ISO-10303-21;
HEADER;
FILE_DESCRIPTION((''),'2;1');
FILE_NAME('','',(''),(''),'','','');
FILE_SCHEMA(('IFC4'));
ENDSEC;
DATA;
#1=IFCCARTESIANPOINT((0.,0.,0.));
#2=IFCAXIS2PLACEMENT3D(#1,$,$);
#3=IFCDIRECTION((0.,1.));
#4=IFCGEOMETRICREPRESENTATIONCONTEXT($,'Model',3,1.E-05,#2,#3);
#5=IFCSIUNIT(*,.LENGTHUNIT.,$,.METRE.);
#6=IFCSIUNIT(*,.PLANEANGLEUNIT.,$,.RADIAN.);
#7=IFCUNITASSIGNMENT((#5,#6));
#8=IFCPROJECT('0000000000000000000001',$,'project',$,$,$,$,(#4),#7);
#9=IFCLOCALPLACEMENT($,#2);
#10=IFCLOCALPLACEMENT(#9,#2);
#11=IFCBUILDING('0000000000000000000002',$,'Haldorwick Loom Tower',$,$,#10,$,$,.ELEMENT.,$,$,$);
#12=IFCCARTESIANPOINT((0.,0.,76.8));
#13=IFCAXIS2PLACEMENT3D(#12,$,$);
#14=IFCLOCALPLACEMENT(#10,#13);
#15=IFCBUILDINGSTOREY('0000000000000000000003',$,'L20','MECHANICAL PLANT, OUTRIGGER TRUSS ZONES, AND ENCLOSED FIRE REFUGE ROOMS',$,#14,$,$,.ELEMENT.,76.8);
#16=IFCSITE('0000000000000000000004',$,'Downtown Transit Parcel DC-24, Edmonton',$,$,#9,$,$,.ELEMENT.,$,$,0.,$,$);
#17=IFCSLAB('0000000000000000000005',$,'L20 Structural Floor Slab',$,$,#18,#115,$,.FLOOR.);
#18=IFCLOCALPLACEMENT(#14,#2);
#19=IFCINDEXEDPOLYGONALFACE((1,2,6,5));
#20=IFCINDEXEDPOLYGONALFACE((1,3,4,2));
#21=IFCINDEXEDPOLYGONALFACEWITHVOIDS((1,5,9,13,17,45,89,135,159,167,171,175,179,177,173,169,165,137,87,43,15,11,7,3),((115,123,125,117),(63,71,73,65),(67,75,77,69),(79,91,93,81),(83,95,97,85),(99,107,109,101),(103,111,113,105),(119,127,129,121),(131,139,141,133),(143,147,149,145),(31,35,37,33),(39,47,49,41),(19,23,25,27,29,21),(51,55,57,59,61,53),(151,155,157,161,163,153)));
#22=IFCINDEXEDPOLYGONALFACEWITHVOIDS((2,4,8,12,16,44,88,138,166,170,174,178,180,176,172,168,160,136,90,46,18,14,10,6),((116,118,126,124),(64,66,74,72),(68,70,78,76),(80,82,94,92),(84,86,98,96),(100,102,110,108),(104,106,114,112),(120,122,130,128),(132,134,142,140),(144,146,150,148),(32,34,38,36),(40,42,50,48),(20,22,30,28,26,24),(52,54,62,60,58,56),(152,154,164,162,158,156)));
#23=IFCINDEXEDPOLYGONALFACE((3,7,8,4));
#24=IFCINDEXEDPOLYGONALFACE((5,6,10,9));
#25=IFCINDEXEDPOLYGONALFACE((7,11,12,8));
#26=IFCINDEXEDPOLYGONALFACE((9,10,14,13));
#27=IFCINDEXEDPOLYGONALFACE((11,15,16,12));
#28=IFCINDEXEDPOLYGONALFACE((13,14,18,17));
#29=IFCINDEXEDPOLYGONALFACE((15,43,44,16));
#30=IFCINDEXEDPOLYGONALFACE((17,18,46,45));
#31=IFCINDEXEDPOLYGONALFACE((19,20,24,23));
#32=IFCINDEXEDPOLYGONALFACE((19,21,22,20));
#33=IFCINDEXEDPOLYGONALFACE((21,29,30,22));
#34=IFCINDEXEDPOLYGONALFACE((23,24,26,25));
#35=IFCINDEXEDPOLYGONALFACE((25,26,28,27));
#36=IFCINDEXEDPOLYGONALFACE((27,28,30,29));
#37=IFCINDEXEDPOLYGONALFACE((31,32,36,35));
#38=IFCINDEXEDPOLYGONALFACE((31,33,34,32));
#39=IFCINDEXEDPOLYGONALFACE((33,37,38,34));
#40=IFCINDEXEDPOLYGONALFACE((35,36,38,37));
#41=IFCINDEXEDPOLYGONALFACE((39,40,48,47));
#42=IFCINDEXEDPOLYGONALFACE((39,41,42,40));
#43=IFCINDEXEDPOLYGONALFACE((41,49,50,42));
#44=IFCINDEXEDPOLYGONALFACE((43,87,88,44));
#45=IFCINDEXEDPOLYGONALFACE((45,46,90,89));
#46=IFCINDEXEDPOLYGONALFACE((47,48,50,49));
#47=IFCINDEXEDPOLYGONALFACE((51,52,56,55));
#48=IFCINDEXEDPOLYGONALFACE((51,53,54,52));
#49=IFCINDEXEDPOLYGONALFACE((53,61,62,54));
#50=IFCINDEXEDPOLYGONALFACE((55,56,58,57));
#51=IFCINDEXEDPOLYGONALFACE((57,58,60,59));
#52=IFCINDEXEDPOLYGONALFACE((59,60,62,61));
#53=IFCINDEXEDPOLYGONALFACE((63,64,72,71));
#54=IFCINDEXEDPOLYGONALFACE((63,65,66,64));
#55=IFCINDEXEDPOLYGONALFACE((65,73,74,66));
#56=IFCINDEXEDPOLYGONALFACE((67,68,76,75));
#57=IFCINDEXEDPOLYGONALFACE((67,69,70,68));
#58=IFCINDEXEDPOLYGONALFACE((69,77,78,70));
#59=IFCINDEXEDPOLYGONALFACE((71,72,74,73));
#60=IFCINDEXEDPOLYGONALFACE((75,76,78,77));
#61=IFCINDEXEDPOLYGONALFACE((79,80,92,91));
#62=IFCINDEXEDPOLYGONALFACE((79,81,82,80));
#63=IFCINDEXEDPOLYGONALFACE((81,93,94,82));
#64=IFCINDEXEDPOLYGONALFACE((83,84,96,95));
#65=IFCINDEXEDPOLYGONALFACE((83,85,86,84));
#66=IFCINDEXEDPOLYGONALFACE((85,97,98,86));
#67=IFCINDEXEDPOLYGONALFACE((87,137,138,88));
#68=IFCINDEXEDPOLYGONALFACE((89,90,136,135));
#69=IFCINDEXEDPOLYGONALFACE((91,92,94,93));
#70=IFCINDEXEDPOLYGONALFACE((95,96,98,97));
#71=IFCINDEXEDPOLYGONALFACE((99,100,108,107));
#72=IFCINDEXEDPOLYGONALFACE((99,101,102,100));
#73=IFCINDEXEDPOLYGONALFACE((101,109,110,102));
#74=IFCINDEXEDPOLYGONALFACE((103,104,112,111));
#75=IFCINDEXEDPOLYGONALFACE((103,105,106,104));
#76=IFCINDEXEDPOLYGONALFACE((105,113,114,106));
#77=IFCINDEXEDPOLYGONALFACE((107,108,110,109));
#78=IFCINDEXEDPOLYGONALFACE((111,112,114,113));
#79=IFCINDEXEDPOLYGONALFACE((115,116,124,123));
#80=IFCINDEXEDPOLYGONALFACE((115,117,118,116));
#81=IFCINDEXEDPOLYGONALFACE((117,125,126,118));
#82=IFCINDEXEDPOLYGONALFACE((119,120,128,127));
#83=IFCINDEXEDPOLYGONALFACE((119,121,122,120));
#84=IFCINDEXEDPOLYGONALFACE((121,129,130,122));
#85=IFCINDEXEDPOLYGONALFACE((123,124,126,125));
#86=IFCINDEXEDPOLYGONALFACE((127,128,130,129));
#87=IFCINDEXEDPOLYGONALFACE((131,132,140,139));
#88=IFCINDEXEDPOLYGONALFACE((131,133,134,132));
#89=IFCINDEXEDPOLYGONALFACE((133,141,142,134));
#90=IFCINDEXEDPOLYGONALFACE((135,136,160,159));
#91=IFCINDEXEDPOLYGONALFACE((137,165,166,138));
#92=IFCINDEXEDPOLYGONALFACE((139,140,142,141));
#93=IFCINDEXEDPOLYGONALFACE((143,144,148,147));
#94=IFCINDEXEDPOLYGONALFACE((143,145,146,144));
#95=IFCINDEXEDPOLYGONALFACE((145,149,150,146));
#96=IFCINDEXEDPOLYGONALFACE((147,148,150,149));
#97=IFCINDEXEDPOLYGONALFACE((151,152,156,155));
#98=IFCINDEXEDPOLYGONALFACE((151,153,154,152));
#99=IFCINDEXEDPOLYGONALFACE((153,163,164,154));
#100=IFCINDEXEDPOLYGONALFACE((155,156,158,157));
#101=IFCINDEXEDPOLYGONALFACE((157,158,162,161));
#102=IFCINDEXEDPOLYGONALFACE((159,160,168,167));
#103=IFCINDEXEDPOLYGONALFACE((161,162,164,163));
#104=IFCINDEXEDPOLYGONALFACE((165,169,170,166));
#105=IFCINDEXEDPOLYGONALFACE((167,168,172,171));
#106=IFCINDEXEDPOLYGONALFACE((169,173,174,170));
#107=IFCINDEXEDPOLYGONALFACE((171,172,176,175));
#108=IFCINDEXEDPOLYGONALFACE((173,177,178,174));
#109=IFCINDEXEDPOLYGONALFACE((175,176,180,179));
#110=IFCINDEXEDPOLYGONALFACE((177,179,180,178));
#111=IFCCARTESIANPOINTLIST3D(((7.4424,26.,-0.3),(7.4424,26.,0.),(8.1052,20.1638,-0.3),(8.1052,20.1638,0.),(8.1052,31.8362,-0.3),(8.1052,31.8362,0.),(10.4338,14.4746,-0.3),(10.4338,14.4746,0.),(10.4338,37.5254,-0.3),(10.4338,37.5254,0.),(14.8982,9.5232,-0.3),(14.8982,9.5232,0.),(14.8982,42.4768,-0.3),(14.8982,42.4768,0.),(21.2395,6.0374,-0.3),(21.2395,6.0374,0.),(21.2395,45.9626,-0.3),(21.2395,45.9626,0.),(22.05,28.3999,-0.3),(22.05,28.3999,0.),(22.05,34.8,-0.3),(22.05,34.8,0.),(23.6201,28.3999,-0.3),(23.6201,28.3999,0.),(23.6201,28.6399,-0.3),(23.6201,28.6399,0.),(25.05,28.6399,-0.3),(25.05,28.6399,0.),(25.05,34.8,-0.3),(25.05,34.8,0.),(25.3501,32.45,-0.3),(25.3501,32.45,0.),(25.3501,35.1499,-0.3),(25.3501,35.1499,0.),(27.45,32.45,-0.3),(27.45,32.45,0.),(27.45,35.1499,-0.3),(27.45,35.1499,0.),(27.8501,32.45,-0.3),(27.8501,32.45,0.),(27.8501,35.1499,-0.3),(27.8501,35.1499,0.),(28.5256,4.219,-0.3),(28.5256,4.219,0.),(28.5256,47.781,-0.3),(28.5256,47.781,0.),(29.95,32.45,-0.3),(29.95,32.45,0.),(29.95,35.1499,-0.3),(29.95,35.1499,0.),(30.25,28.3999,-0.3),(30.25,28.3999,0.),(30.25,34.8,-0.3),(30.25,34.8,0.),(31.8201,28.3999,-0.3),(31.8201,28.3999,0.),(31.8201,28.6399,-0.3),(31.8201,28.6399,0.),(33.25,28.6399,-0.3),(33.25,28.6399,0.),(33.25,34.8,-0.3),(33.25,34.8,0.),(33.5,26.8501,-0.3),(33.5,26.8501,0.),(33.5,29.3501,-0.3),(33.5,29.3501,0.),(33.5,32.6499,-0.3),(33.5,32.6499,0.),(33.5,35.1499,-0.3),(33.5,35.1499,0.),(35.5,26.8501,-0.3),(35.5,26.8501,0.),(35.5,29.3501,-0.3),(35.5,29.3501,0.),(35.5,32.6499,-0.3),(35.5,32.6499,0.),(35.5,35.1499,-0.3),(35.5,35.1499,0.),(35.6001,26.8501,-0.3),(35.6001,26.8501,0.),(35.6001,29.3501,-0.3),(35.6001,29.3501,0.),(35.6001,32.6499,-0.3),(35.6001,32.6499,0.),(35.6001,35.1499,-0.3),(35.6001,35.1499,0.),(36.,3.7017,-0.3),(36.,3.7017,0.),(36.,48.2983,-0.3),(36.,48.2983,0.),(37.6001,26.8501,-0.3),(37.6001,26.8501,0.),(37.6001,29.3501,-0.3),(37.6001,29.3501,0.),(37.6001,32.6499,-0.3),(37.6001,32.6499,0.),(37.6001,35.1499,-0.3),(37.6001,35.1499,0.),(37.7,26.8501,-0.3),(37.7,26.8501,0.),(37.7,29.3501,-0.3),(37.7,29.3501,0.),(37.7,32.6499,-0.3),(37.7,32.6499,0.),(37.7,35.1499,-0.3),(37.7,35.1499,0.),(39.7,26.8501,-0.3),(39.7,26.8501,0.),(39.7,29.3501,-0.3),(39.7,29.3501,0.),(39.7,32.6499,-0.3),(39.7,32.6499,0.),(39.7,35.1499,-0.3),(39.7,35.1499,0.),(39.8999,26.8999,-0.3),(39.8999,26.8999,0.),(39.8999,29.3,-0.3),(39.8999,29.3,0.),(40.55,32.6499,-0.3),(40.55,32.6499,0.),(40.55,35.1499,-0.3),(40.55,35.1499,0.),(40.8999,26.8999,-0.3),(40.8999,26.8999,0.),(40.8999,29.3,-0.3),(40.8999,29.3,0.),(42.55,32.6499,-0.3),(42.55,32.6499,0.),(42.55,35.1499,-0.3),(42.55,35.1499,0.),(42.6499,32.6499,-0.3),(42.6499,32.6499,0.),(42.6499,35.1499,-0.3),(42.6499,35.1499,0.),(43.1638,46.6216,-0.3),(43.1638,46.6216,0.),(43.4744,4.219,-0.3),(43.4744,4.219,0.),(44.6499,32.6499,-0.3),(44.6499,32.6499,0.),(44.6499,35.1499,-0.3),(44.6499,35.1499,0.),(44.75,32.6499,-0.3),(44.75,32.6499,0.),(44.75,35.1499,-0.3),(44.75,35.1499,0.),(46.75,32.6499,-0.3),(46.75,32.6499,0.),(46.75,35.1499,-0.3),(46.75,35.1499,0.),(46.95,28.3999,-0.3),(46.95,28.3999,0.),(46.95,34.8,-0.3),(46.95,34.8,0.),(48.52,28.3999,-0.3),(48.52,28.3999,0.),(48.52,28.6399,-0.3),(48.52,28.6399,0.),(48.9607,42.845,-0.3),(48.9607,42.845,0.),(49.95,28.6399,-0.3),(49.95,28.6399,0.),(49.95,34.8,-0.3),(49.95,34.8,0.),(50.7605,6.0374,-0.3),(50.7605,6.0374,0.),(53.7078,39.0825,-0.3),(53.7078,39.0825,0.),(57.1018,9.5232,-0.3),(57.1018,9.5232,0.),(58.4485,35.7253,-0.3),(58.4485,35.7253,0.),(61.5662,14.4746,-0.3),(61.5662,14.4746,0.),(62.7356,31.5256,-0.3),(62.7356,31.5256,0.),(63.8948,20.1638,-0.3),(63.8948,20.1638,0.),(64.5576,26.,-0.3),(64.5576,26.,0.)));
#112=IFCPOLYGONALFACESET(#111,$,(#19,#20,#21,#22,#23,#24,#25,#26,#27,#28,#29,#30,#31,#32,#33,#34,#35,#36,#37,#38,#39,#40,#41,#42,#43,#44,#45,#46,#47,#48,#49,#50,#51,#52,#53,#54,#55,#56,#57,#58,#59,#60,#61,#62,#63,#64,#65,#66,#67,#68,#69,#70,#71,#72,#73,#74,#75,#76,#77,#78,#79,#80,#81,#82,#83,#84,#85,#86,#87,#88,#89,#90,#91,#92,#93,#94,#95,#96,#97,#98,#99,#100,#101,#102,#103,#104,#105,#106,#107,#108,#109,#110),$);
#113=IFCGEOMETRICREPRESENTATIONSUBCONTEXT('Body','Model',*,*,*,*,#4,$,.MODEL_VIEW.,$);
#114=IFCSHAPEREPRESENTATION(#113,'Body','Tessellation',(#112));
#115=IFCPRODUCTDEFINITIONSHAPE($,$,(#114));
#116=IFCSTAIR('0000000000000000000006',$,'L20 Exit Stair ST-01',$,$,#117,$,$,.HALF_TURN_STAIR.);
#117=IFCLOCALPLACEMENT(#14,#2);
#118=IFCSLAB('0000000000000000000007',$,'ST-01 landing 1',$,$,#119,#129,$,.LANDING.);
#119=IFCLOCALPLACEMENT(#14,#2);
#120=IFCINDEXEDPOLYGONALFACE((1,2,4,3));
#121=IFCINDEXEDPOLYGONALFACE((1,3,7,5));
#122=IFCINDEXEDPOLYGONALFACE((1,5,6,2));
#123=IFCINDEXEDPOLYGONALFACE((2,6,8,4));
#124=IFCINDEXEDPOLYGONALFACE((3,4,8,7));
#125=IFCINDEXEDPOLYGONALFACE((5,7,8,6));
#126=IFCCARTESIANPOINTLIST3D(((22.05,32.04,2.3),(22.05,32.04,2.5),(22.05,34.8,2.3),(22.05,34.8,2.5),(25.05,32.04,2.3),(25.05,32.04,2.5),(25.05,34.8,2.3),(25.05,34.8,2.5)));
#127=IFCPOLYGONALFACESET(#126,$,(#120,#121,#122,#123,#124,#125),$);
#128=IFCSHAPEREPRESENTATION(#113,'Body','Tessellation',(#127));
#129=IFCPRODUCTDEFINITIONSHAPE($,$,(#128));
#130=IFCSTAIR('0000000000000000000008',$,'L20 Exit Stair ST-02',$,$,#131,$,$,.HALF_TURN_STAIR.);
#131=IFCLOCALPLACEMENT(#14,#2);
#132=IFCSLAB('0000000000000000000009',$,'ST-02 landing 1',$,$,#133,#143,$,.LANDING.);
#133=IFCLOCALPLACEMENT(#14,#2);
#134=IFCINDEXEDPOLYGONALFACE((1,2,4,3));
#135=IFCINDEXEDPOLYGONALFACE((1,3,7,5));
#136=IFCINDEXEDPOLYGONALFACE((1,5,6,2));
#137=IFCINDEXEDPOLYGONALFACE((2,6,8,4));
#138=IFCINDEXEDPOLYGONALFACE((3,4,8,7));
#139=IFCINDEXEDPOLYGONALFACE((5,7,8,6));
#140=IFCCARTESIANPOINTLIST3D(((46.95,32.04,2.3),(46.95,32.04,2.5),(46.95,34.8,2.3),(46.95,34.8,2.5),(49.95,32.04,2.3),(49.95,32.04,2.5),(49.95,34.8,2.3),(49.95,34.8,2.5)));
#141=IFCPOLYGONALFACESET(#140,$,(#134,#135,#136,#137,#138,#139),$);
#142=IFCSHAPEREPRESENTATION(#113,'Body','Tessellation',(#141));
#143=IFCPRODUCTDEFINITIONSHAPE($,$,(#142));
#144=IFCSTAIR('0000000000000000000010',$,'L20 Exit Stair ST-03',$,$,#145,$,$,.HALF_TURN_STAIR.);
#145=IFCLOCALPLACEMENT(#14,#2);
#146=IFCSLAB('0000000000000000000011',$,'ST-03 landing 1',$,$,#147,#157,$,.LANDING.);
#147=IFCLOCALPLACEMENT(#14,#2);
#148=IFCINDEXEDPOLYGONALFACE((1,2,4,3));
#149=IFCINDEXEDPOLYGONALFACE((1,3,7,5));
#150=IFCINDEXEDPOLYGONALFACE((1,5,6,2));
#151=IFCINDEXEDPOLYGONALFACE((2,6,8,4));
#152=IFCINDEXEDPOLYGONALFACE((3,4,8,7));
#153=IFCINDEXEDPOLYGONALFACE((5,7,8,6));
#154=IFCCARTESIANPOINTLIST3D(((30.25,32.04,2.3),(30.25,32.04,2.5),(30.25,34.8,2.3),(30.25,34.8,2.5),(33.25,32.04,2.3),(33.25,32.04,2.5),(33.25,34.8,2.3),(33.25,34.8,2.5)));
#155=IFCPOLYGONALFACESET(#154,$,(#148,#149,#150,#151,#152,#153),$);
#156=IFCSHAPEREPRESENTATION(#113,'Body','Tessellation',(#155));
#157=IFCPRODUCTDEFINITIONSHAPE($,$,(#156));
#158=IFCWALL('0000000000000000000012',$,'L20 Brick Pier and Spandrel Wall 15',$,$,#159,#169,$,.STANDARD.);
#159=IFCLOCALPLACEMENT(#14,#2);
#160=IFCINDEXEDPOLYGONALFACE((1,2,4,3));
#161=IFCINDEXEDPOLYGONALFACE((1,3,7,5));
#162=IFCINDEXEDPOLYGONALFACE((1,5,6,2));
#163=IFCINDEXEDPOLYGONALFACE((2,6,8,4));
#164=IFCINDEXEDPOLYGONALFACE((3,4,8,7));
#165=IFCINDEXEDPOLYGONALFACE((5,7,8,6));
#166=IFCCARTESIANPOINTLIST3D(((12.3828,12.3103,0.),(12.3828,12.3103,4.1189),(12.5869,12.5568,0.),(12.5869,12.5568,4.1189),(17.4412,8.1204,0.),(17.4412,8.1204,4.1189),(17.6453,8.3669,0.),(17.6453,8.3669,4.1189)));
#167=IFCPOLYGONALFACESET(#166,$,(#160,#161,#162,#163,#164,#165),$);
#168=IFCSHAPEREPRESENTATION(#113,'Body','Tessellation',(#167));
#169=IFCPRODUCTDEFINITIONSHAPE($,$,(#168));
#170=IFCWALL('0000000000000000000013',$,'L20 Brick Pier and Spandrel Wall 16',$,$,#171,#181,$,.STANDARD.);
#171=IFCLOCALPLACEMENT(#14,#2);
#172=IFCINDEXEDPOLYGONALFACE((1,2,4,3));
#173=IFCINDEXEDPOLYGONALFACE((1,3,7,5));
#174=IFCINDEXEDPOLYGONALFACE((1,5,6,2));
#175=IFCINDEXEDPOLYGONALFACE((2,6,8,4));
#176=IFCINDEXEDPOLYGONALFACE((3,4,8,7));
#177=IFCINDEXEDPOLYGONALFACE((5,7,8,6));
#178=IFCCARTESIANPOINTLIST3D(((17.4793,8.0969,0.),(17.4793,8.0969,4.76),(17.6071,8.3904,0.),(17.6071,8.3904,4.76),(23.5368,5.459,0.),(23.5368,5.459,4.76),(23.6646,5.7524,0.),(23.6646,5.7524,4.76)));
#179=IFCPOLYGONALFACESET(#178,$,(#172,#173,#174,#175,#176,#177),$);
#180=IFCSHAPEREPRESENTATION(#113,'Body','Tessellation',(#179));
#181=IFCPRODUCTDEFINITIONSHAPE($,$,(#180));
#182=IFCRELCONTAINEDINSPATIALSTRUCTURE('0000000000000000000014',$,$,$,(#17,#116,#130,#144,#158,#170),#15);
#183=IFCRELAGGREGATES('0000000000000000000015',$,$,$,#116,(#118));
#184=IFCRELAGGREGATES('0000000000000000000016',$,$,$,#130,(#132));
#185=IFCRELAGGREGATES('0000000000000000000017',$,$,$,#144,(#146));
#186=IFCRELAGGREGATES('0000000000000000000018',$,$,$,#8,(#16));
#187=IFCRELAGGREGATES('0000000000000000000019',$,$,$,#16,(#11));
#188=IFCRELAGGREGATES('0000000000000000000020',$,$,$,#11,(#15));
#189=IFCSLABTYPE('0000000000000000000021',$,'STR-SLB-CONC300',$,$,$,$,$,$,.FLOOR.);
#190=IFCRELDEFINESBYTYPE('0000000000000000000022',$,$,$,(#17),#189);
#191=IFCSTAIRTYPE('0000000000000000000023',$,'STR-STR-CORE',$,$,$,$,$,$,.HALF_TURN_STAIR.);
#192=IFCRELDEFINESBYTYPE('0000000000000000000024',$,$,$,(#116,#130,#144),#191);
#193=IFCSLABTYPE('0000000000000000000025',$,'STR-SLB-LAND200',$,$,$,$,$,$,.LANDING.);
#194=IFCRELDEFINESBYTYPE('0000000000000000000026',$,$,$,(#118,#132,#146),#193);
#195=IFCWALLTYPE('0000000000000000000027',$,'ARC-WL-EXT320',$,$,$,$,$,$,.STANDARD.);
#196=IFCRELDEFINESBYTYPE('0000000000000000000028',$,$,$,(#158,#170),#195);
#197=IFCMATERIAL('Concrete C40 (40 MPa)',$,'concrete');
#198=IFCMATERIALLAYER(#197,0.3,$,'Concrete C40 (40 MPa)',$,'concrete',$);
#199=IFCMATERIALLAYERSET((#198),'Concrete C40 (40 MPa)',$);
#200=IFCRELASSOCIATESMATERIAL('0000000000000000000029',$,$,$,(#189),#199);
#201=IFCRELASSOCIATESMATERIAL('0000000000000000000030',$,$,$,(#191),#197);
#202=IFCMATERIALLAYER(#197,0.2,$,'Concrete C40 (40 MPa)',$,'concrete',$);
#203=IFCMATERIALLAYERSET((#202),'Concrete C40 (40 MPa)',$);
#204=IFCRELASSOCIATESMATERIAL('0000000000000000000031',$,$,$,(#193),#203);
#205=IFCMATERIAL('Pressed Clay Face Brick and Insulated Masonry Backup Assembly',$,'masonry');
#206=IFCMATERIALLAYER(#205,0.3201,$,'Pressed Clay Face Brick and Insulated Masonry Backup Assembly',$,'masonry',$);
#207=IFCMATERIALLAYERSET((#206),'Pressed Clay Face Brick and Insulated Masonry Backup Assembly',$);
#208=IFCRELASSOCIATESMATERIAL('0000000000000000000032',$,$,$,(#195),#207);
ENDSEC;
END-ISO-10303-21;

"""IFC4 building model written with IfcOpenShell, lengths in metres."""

from ifc_helpers import new_model, si_unit, direction, frame, frame_2d, origin, place, context, subcontext, project, spatial, polyline, rectangle, outline, extrude, material, layer, layer_set, type_object, element, aggregate, save


model = new_model("IFC4")

# Units and contexts
model_context = context("Model", 3, precision=1e-05, world=origin(), true_north=direction((0.0, 1.0)))
body_context = subcontext(model_context, "Body", "Model", "MODEL_VIEW")
ifc_project = project(units=[si_unit("LENGTHUNIT", "METRE"), si_unit("PLANEANGLEUNIT", "RADIAN")], contexts=[model_context])

# Site, building, storey
site_placement = place(None, origin())
site = spatial("IfcSite", under=ifc_project, at=site_placement, Name="Downtown Transit Parcel DC-24, Edmonton", CompositionType="ELEMENT", RefElevation=0.0)
building_placement = place(site_placement, origin())
building = spatial("IfcBuilding", under=site, at=building_placement, Name="Haldorwick Loom Tower", CompositionType="ELEMENT")
storey_placement = place(building_placement, frame((0.0, 0.0, 76.8)))
storey = spatial("IfcBuildingStorey", under=building, at=storey_placement, Name="L20", Description="MECHANICAL PLANT, OUTRIGGER TRUSS ZONES, AND ENCLOSED FIRE REFUGE ROOMS", CompositionType="ELEMENT", Elevation=76.8)

# Slab
ifc_material_1 = material(Name="Concrete C40 (40 MPa)", Category="concrete")
ifc_layer_1 = layer(ifc_material_1, 0.3, Name="Concrete C40 (40 MPa)", Category="concrete")
ifc_layer_set_1 = layer_set([ifc_layer_1], Name="Concrete C40 (40 MPa)")
slab_type_1 = type_object("IfcSlabType", Name="STR-SLB-CONC300", PredefinedType="FLOOR", material=ifc_layer_set_1)
slab_1_placement = place(storey_placement, frame((0.0, 0.0, -0.3)))
element("IfcSlab", 1, at=slab_1_placement, inside=storey, type_object=slab_type_1, Name="L20 Structural Floor Slab", PredefinedType="FLOOR", context=body_context, shape_type="SweptSolid", body=[
    extrude(outline(polyline([(57.1018, 9.5232), (61.5662, 14.4746), (63.8948, 20.1638), (64.5576, 26.0), (62.7356, 31.5256), (58.4485, 35.7253), (53.7078, 39.0825), (48.9607, 42.845), (43.1638, 46.6216), (36.0, 48.2983), (28.5256, 47.781), (21.2395, 45.9626), (14.8982, 42.4768), (10.4338, 37.5254), (8.1052, 31.8362), (7.4424, 26.0), (8.1052, 20.1638), (10.4338, 14.4746), (14.8982, 9.5232), (21.2395, 6.0374), (28.5256, 4.219), (36.0, 3.7017), (43.4744, 4.219), (50.7605, 6.0374), (57.1018, 9.5232)]), holes=[polyline([(35.5, 26.8501), (33.5, 26.8501), (33.5, 29.3501), (35.5, 29.3501), (35.5, 26.8501)]), polyline([(35.6001, 26.8501), (35.6001, 29.3501), (37.6001, 29.3501), (37.6001, 26.8501), (35.6001, 26.8501)]), polyline([(22.05, 28.3999), (22.05, 34.8), (25.05, 34.8), (25.05, 28.6399), (23.6201, 28.6399), (23.6201, 28.3999), (22.05, 28.3999)]), polyline([(30.25, 28.3999), (30.25, 34.8), (33.25, 34.8), (33.25, 28.6399), (31.8201, 28.6399), (31.8201, 28.3999), (30.25, 28.3999)]), polyline([(25.3501, 32.45), (25.3501, 35.1499), (27.45, 35.1499), (27.45, 32.45), (25.3501, 32.45)]), polyline([(27.8501, 32.45), (27.8501, 35.1499), (29.95, 35.1499), (29.95, 32.45), (27.8501, 32.45)]), polyline([(33.5, 32.6499), (33.5, 35.1499), (35.5, 35.1499), (35.5, 32.6499), (33.5, 32.6499)]), polyline([(35.6001, 32.6499), (35.6001, 35.1499), (37.6001, 35.1499), (37.6001, 32.6499), (35.6001, 32.6499)]), polyline([(37.7, 26.8501), (37.7, 29.3501), (39.7, 29.3501), (39.7, 26.8501), (37.7, 26.8501)]), polyline([(39.8999, 26.8999), (39.8999, 29.3), (40.8999, 29.3), (40.8999, 26.8999), (39.8999, 26.8999)]), polyline([(46.95, 28.3999), (46.95, 34.8), (49.95, 34.8), (49.95, 28.6399), (48.52, 28.6399), (48.52, 28.3999), (46.95, 28.3999)]), polyline([(37.7, 32.6499), (37.7, 35.1499), (39.7, 35.1499), (39.7, 32.6499), (37.7, 32.6499)]), polyline([(40.55, 32.6499), (40.55, 35.1499), (42.55, 35.1499), (42.55, 32.6499), (40.55, 32.6499)]), polyline([(42.6499, 32.6499), (42.6499, 35.1499), (44.6499, 35.1499), (44.6499, 32.6499), (42.6499, 32.6499)]), polyline([(44.75, 32.6499), (44.75, 35.1499), (46.75, 35.1499), (46.75, 32.6499), (44.75, 32.6499)])]), origin(), (0.0, 0.0, 1.0), 0.3),
])

# Stairs, slabs
stair_type = type_object("IfcStairType", Name="STR-STR-CORE", PredefinedType="HALF_TURN_STAIR", material=ifc_material_1)
stair_1_placement = place(storey_placement, origin())
stair_1 = element("IfcStair", 2, at=stair_1_placement, inside=storey, type_object=stair_type, Name="L20 Exit Stair ST-01", PredefinedType="HALF_TURN_STAIR")
ifc_layer_2 = layer(ifc_material_1, 0.2, Name="Concrete C40 (40 MPa)", Category="concrete")
ifc_layer_set_2 = layer_set([ifc_layer_2], Name="Concrete C40 (40 MPa)")
slab_type_2 = type_object("IfcSlabType", Name="STR-SLB-LAND200", PredefinedType="LANDING", material=ifc_layer_set_2)
slab_2_placement = place(storey_placement, frame((0.0, 0.0, 2.3)))
slab_2 = element("IfcSlab", 3, at=slab_2_placement, type_object=slab_type_2, Name="ST-01 landing 1", PredefinedType="LANDING", context=body_context, shape_type="SweptSolid", body=[
    extrude(outline(polyline([(25.05, 32.04), (25.05, 34.8), (22.05, 34.8), (22.05, 32.04), (25.05, 32.04)])), origin(), (0.0, 0.0, 1.0), 0.2),
])
aggregate(stair_1, [slab_2])
stair_2_placement = place(storey_placement, origin())
stair_2 = element("IfcStair", 4, at=stair_2_placement, inside=storey, type_object=stair_type, Name="L20 Exit Stair ST-02", PredefinedType="HALF_TURN_STAIR")
slab_3_placement = place(storey_placement, frame((0.0, 0.0, 2.3)))
slab_3 = element("IfcSlab", 5, at=slab_3_placement, type_object=slab_type_2, Name="ST-02 landing 1", PredefinedType="LANDING", context=body_context, shape_type="SweptSolid", body=[
    extrude(outline(polyline([(49.95, 32.04), (49.95, 34.8), (46.95, 34.8), (46.95, 32.04), (49.95, 32.04)])), origin(), (0.0, 0.0, 1.0), 0.2),
])
aggregate(stair_2, [slab_3])
stair_3_placement = place(storey_placement, origin())
stair_3 = element("IfcStair", 6, at=stair_3_placement, inside=storey, type_object=stair_type, Name="L20 Exit Stair ST-03", PredefinedType="HALF_TURN_STAIR")
slab_4_placement = place(storey_placement, frame((0.0, 0.0, 2.3)))
slab_4 = element("IfcSlab", 7, at=slab_4_placement, type_object=slab_type_2, Name="ST-03 landing 1", PredefinedType="LANDING", context=body_context, shape_type="SweptSolid", body=[
    extrude(outline(polyline([(33.25, 32.04), (33.25, 34.8), (30.25, 34.8), (30.25, 32.04), (33.25, 32.04)])), origin(), (0.0, 0.0, 1.0), 0.2),
])
aggregate(stair_3, [slab_4])

# Walls
ifc_material_2 = material(Name="Pressed Clay Face Brick and Insulated Masonry Backup Assembly", Category="masonry")
ifc_layer_3 = layer(ifc_material_2, 0.3201, Name="Pressed Clay Face Brick and Insulated Masonry Backup Assembly", Category="masonry")
ifc_layer_set_3 = layer_set([ifc_layer_3], Name="Pressed Clay Face Brick and Insulated Masonry Backup Assembly")
wall_type = type_object("IfcWallType", Name="ARC-WL-EXT320", PredefinedType="STANDARD", material=ifc_layer_set_3)
wall_1_placement = place(storey_placement, frame((12.4849, 12.4336, 0.0), z_axis=(0.0, 0.0, 1.0), x_axis=(0.770116, -0.637904, 0.0)))
element("IfcWall", 8, at=wall_1_placement, inside=storey, type_object=wall_type, Name="L20 Brick Pier and Spandrel Wall 15", PredefinedType="STANDARD", context=body_context, shape_type="SweptSolid", body=[
    extrude(rectangle(XDim=6.5684, YDim=0.3201, at=frame_2d((3.2842, 0.0))), origin(), (0.0, 0.0, 1.0), 4.1189),
])
wall_2_placement = place(storey_placement, frame((17.5432, 8.2437, 0.0), z_axis=(0.0, 0.0, 1.0), x_axis=(0.916832, -0.399273, 0.0)))
element("IfcWall", 9, at=wall_2_placement, inside=storey, type_object=wall_type, Name="L20 Brick Pier and Spandrel Wall 16", PredefinedType="STANDARD", context=body_context, shape_type="SweptSolid", body=[
    extrude(rectangle(XDim=6.6069, YDim=0.3201, at=frame_2d((3.3035, 0.0))), origin(), (0.0, 0.0, 1.0), 4.76),
])

save(model, "model.ifc")
